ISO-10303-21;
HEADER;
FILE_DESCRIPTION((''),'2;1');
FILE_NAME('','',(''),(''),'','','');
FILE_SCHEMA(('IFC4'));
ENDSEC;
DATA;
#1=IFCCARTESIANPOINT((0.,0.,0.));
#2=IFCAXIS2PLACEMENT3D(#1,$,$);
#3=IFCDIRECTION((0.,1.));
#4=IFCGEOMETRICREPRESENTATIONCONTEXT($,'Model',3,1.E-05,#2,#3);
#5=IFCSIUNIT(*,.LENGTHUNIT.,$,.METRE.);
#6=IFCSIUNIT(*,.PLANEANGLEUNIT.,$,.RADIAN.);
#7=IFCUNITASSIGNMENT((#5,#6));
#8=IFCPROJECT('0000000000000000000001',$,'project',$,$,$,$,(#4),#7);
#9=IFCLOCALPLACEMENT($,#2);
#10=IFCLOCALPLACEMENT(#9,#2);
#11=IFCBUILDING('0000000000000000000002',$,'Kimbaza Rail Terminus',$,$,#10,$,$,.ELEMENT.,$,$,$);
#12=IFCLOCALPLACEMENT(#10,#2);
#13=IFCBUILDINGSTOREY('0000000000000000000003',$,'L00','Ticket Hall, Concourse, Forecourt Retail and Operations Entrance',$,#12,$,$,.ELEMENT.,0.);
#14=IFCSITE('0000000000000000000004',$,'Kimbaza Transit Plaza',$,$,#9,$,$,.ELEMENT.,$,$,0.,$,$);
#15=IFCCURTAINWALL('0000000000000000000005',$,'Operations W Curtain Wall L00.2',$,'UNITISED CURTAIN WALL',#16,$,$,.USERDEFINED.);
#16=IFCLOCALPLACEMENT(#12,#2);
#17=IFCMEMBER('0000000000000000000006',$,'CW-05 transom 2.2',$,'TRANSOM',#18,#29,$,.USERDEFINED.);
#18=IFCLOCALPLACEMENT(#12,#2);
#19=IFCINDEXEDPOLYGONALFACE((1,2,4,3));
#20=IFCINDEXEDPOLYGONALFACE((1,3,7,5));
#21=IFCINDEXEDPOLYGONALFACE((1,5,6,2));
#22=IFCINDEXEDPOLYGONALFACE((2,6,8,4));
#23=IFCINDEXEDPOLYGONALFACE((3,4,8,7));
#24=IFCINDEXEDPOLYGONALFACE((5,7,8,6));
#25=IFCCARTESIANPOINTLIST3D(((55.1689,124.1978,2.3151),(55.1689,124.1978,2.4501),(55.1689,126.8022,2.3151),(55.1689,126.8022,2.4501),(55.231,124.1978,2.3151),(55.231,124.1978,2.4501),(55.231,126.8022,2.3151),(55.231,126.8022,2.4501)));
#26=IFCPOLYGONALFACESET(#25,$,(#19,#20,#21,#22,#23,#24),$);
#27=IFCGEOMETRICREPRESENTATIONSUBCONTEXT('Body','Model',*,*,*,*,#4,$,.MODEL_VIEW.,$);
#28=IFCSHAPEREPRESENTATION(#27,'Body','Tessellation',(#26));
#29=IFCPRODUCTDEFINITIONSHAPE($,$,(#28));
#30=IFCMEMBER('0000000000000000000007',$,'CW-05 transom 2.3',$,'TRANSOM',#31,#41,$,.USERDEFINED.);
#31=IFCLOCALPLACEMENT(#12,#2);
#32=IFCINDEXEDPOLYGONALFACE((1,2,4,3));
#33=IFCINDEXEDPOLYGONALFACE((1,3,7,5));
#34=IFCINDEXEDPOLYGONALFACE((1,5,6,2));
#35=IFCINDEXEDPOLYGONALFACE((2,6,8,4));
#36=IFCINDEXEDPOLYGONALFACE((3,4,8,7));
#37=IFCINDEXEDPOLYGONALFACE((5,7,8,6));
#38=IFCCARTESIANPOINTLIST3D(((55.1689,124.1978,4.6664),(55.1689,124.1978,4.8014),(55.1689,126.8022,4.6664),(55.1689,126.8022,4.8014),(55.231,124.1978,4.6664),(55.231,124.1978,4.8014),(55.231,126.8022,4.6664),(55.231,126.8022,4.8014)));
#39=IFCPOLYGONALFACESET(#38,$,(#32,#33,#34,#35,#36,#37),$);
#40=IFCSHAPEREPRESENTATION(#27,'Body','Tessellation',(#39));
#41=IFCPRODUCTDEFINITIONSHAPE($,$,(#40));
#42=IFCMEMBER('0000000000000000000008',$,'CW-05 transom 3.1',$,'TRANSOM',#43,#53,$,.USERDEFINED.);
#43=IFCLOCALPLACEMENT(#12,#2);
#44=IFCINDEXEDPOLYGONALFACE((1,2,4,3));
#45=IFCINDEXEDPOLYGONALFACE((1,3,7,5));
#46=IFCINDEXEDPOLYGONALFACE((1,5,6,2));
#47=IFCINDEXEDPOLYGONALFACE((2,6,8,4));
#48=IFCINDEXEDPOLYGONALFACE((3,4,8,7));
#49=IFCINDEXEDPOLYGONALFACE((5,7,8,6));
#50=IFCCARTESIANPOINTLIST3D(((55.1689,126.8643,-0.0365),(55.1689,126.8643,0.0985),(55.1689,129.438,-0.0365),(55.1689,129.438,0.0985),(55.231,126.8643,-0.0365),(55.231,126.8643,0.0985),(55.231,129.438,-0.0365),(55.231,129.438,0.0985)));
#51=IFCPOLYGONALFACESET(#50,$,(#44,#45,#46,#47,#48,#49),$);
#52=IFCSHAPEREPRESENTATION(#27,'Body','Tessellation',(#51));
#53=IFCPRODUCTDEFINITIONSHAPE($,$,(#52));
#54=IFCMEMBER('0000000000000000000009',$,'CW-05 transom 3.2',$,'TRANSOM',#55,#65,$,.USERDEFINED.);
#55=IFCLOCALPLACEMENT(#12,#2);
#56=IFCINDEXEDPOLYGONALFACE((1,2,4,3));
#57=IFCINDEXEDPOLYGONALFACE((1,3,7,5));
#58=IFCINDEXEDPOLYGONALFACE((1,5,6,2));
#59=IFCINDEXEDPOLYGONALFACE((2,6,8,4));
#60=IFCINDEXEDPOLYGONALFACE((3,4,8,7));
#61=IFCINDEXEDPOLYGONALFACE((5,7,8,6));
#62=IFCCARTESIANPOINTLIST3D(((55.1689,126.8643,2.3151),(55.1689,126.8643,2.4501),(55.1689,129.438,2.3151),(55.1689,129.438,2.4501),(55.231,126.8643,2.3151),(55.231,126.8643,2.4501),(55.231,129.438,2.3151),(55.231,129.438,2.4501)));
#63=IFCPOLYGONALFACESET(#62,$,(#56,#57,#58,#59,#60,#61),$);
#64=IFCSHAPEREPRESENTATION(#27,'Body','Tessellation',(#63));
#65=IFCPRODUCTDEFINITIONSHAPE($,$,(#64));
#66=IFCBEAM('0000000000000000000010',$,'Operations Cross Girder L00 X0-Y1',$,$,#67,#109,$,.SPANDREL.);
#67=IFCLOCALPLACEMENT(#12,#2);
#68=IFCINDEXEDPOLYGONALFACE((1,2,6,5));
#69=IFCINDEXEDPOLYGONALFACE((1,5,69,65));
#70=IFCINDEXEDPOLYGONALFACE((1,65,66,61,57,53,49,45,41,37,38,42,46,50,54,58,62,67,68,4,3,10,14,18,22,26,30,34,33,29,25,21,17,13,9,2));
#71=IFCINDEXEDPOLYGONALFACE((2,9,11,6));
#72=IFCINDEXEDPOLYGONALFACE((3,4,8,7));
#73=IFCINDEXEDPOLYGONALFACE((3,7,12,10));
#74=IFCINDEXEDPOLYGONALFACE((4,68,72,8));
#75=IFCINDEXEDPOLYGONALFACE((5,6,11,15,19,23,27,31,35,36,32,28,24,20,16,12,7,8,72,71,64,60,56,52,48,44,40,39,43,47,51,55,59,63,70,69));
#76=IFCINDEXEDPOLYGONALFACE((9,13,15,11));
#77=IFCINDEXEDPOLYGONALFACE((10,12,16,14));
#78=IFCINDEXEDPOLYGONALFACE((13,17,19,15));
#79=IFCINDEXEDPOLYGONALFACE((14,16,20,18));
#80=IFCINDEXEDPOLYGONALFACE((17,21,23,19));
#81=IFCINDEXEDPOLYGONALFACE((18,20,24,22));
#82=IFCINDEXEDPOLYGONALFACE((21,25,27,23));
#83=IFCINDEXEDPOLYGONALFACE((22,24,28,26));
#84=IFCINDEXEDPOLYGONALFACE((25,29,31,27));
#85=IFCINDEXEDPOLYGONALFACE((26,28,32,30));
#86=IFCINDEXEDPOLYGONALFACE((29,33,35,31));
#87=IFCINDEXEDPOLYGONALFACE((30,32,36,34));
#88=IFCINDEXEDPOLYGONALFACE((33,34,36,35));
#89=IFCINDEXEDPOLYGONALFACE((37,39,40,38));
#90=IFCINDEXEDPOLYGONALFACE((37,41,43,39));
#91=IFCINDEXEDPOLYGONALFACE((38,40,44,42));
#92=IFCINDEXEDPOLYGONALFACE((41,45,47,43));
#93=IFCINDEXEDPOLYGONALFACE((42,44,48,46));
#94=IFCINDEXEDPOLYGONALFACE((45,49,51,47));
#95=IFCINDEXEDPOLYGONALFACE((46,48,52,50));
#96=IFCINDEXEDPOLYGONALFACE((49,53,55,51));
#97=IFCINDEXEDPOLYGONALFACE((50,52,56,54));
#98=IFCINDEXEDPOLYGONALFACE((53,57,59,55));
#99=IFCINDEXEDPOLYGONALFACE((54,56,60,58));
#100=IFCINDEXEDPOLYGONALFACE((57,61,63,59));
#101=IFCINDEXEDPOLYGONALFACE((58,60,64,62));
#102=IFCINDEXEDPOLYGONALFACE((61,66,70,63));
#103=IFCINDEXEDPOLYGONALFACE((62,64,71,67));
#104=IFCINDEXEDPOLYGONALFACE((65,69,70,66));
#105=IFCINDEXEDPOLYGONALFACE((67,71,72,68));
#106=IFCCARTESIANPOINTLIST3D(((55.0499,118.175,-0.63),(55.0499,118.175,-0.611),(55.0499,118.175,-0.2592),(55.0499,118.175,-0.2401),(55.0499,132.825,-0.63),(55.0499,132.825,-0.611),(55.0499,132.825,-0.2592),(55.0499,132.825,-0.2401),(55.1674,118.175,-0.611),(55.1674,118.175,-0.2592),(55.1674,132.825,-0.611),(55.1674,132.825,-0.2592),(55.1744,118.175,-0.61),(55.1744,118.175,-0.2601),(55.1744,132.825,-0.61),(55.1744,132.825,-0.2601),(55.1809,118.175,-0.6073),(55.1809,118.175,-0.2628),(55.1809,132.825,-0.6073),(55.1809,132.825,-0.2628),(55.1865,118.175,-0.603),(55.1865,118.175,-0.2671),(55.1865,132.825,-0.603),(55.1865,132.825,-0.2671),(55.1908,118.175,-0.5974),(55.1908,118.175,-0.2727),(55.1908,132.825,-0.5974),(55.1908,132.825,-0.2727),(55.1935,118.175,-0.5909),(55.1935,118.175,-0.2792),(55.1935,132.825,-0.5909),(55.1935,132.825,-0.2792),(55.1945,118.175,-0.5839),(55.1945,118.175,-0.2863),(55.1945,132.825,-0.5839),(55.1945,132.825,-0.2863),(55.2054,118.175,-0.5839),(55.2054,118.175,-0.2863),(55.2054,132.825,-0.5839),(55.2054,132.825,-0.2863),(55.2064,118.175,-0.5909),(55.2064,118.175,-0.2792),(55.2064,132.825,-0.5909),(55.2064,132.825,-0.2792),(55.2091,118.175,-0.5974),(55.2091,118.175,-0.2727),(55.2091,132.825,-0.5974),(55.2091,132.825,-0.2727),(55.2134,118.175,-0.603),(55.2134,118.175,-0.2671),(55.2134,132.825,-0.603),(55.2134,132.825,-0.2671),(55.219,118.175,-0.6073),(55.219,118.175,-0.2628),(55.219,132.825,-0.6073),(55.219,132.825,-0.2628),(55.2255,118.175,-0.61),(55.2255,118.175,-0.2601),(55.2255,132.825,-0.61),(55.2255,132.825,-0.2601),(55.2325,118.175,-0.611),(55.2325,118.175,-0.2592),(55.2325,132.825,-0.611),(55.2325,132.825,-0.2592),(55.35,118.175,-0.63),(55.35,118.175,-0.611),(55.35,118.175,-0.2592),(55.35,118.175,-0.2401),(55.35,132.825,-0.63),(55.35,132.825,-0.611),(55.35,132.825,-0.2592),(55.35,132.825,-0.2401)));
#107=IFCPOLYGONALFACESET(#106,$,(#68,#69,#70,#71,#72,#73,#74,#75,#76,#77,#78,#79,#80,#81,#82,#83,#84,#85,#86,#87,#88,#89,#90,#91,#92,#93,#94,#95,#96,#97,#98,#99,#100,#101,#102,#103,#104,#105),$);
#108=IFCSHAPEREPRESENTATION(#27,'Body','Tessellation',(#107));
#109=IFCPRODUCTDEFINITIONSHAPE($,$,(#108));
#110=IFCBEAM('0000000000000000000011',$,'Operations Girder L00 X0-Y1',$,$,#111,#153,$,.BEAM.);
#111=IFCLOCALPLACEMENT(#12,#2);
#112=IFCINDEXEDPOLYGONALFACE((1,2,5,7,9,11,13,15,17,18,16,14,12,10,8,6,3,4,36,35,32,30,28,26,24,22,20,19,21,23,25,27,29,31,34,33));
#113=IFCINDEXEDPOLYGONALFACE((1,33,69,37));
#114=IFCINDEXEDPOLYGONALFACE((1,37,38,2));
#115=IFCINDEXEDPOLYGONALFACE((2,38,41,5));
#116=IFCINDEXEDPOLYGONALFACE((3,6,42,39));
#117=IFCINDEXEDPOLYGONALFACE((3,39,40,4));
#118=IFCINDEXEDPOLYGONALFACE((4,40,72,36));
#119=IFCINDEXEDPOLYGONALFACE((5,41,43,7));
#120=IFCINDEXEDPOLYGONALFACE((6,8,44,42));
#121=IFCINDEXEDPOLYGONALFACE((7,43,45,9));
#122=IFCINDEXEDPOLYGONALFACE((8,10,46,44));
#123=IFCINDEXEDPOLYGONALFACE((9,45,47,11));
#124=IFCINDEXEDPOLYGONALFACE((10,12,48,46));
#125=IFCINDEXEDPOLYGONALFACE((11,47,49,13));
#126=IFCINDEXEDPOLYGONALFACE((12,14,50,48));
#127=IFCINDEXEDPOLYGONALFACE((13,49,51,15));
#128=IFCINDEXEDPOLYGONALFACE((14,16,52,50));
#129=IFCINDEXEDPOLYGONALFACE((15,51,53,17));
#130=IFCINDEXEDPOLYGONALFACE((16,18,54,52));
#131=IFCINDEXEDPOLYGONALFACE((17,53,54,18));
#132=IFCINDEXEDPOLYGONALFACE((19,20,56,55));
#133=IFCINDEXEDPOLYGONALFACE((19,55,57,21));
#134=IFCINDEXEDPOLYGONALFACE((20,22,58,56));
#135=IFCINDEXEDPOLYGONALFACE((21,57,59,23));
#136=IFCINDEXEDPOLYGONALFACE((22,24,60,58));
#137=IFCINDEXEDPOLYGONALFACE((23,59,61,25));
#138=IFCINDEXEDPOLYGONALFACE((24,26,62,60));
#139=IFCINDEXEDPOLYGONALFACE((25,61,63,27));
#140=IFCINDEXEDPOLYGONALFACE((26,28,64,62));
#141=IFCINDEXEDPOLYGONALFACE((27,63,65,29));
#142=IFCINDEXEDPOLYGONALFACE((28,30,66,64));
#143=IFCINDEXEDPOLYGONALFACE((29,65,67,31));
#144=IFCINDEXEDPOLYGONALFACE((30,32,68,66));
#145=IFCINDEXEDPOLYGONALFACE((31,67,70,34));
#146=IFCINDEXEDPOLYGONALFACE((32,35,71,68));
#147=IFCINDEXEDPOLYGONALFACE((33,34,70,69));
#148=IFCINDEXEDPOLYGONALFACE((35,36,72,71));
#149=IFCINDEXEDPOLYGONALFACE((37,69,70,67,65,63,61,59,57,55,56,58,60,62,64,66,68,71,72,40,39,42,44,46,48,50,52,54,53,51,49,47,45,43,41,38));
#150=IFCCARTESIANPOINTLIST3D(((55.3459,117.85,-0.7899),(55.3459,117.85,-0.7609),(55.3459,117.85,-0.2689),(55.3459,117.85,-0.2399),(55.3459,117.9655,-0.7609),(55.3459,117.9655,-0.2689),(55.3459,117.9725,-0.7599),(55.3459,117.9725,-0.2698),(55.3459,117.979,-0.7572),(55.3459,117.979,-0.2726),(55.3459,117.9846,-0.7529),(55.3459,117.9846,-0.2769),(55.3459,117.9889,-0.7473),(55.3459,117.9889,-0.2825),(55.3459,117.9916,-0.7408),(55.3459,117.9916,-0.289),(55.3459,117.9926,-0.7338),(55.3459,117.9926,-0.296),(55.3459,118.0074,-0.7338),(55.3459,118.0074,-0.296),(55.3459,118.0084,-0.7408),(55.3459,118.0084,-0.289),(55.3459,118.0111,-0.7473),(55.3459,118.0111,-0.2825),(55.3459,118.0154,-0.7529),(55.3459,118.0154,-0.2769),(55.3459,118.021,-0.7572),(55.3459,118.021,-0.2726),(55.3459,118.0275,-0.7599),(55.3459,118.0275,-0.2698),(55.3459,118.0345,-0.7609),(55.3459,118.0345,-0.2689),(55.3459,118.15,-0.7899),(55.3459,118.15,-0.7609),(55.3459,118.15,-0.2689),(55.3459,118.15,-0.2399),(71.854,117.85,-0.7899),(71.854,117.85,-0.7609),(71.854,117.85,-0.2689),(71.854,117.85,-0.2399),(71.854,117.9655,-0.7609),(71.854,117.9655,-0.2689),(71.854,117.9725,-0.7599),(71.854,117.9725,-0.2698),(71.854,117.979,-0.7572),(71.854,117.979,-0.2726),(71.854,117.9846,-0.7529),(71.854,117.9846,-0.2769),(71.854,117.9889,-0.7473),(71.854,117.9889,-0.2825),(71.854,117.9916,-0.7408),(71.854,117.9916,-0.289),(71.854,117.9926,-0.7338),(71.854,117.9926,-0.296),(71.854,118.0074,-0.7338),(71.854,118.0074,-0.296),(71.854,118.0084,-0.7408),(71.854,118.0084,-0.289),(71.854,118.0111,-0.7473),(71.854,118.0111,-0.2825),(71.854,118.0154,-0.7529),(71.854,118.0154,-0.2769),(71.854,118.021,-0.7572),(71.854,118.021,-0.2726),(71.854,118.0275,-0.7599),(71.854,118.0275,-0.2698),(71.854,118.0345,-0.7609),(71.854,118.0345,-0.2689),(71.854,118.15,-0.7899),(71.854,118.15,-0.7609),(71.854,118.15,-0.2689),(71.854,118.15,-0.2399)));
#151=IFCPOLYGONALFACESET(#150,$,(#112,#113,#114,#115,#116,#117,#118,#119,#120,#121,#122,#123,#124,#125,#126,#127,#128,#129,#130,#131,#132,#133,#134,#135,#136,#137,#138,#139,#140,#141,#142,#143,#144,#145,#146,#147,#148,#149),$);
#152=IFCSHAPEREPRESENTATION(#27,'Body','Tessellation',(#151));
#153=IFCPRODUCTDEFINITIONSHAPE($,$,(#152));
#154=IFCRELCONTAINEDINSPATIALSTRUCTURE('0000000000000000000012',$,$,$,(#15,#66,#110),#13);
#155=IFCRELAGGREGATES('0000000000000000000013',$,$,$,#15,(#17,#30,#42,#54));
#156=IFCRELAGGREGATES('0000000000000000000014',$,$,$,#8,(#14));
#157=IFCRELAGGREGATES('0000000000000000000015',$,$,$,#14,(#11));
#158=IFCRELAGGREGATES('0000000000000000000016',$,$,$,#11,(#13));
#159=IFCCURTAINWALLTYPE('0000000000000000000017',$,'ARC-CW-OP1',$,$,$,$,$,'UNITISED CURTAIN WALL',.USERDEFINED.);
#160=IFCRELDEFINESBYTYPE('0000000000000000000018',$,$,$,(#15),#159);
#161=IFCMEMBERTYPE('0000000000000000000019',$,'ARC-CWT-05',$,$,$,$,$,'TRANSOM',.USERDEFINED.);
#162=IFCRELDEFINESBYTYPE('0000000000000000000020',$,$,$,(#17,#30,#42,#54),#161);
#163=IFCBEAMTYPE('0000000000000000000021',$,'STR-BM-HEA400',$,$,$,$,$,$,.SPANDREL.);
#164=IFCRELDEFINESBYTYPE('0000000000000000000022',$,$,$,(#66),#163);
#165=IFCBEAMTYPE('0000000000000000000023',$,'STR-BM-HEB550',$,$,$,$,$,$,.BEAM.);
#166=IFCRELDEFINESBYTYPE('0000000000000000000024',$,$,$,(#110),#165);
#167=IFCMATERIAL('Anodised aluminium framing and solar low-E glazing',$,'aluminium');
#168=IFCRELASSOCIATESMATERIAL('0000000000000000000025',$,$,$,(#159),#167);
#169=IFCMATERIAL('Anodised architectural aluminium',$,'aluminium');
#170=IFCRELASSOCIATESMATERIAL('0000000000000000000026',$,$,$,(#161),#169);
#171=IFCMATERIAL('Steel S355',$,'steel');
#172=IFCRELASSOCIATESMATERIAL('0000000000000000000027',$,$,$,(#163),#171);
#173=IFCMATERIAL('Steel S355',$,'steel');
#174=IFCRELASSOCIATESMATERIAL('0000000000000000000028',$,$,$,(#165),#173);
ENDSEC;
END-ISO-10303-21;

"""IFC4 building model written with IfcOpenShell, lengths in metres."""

from ifc_helpers import new_model, si_unit, direction, frame, origin, origin_2d, place, context, subcontext, project, spatial, rectangle, i_section, extrude, material, material_profile, profile_set, type_object, element, aggregate, save


model = new_model("IFC4")

# Units and contexts
model_context = context("Model", 3, precision=1e-05, world=origin(), true_north=direction((0.0, 1.0)))
body_context = subcontext(model_context, "Body", "Model", "MODEL_VIEW")
ifc_project = project(units=[si_unit("LENGTHUNIT", "METRE"), si_unit("PLANEANGLEUNIT", "RADIAN")], contexts=[model_context])

# Site, building, storey
site_placement = place(None, origin())
site = spatial("IfcSite", under=ifc_project, at=site_placement, Name="Kimbaza Transit Plaza", CompositionType="ELEMENT", RefElevation=0.0)
building_placement = place(site_placement, origin())
building = spatial("IfcBuilding", under=site, at=building_placement, Name="Kimbaza Rail Terminus", CompositionType="ELEMENT")
storey_placement = place(building_placement, origin())
storey = spatial("IfcBuildingStorey", under=building, at=storey_placement, Name="L00", Description="Ticket Hall, Concourse, Forecourt Retail and Operations Entrance", CompositionType="ELEMENT", Elevation=0.0)

# Shared definitions
ifc_material_1 = material(Name="Anodised aluminium framing and solar low-E glazing", Category="aluminium")
curtain_wall_type = type_object("IfcCurtainWallType", Name="ARC-CW-OP1", ElementType="UNITISED CURTAIN WALL", PredefinedType="USERDEFINED", material=ifc_material_1)

# Curtain wall
curtain_wall_1_placement = place(storey_placement, origin())
curtain_wall_1 = element("IfcCurtainWall", 1, at=curtain_wall_1_placement, inside=storey, type_object=curtain_wall_type, Name="Operations W Curtain Wall L00.2", ObjectType="UNITISED CURTAIN WALL", PredefinedType="USERDEFINED")

# Members
ifc_material_2 = material(Name="Anodised architectural aluminium", Category="aluminium")
ifc_material_profile_1 = material_profile(ifc_material_2, rectangle(XDim=0.062, YDim=0.135, at=origin_2d()), Name="TRANSOM 62x135")
ifc_profile_set_1 = profile_set([ifc_material_profile_1], Name="Anodised architectural aluminium")
member_type_1 = type_object("IfcMemberType", Name="ARC-CWT-05", ElementType="TRANSOM", PredefinedType="USERDEFINED", material=ifc_profile_set_1)
member_1_placement = place(storey_placement, frame((55.2, 124.1978, 2.3826), z_axis=(0.0, 1.0, 0.0), x_axis=(-1.0, 0.0, 0.0)))
member_1 = element("IfcMember", 2, at=member_1_placement, type_object=member_type_1, Name="CW-05 transom 2.2", ObjectType="TRANSOM", PredefinedType="USERDEFINED", context=body_context, shape_type="SweptSolid", body=[
    extrude(rectangle(XDim=0.062, YDim=0.135, at=origin_2d()), origin(), (0.0, 0.0, 1.0), 2.6045),
])
member_2_placement = place(storey_placement, frame((55.2, 124.1978, 4.7339), z_axis=(0.0, 1.0, 0.0), x_axis=(-1.0, 0.0, 0.0)))
member_2 = element("IfcMember", 3, at=member_2_placement, type_object=member_type_1, Name="CW-05 transom 2.3", ObjectType="TRANSOM", PredefinedType="USERDEFINED", context=body_context, shape_type="SweptSolid", body=[
    extrude(rectangle(XDim=0.062, YDim=0.135, at=origin_2d()), origin(), (0.0, 0.0, 1.0), 2.6045),
])
member_3_placement = place(storey_placement, frame((55.2, 126.8643, 0.031), z_axis=(0.0, 1.0, 0.0), x_axis=(-1.0, 0.0, 0.0)))
member_3 = element("IfcMember", 4, at=member_3_placement, type_object=member_type_1, Name="CW-05 transom 3.1", ObjectType="TRANSOM", PredefinedType="USERDEFINED", context=body_context, shape_type="SweptSolid", body=[
    extrude(rectangle(XDim=0.062, YDim=0.135, at=origin_2d()), origin(), (0.0, 0.0, 1.0), 2.5737),
])
member_4_placement = place(storey_placement, frame((55.2, 126.8643, 2.3826), z_axis=(0.0, 1.0, 0.0), x_axis=(-1.0, 0.0, 0.0)))
member_4 = element("IfcMember", 5, at=member_4_placement, type_object=member_type_1, Name="CW-05 transom 3.2", ObjectType="TRANSOM", PredefinedType="USERDEFINED", context=body_context, shape_type="SweptSolid", body=[
    extrude(rectangle(XDim=0.062, YDim=0.135, at=origin_2d()), origin(), (0.0, 0.0, 1.0), 2.5737),
])

# Beams
ifc_material_3 = material(Name="Steel S355", Category="steel")
ifc_material_profile_2 = material_profile(ifc_material_3, i_section(OverallWidth=0.3, OverallDepth=0.3899, WebThickness=0.011, FlangeThickness=0.019, FilletRadius=0.0271, at=origin_2d()), Name="HEA 400")
ifc_profile_set_2 = profile_set([ifc_material_profile_2], Name="Steel S355")
beam_type_1 = type_object("IfcBeamType", Name="STR-BM-HEA400", PredefinedType="SPANDREL", material=ifc_profile_set_2)
beam_1_placement = place(storey_placement, frame((55.2, 118.175, -0.4351), z_axis=(0.0, 1.0, 0.0), x_axis=(-1.0, 0.0, 0.0)))
element("IfcBeam", 6, at=beam_1_placement, inside=storey, type_object=beam_type_1, Name="Operations Cross Girder L00 X0-Y1", PredefinedType="SPANDREL", context=body_context, shape_type="SweptSolid", body=[
    extrude(i_section(OverallWidth=0.3, OverallDepth=0.3899, WebThickness=0.011, FlangeThickness=0.019, FilletRadius=0.0271, at=origin_2d()), origin(), (0.0, 0.0, 1.0), 14.6499),
])
ifc_material_4 = material(Name="Steel S355", Category="steel")
ifc_material_profile_3 = material_profile(ifc_material_4, i_section(OverallWidth=0.3, OverallDepth=0.55, WebThickness=0.0149, FlangeThickness=0.0291, FilletRadius=0.0271, at=origin_2d()), Name="HEB 550")
ifc_profile_set_3 = profile_set([ifc_material_profile_3], Name="Steel S355")
beam_type_2 = type_object("IfcBeamType", Name="STR-BM-HEB550", PredefinedType="BEAM", material=ifc_profile_set_3)
beam_2_placement = place(storey_placement, frame((55.3459, 118.0, -0.5149), z_axis=(1.0, 0.0, 0.0), x_axis=(0.0, 1.0, 0.0)))
element("IfcBeam", 7, at=beam_2_placement, inside=storey, type_object=beam_type_2, Name="Operations Girder L00 X0-Y1", PredefinedType="BEAM", context=body_context, shape_type="SweptSolid", body=[
    extrude(i_section(OverallWidth=0.3, OverallDepth=0.55, WebThickness=0.0149, FlangeThickness=0.0291, FilletRadius=0.0271, at=origin_2d()), origin(), (0.0, 0.0, 1.0), 16.5081),
])

aggregate(curtain_wall_1, [member_1, member_2, member_3, member_4])

save(model, "model.ifc")
